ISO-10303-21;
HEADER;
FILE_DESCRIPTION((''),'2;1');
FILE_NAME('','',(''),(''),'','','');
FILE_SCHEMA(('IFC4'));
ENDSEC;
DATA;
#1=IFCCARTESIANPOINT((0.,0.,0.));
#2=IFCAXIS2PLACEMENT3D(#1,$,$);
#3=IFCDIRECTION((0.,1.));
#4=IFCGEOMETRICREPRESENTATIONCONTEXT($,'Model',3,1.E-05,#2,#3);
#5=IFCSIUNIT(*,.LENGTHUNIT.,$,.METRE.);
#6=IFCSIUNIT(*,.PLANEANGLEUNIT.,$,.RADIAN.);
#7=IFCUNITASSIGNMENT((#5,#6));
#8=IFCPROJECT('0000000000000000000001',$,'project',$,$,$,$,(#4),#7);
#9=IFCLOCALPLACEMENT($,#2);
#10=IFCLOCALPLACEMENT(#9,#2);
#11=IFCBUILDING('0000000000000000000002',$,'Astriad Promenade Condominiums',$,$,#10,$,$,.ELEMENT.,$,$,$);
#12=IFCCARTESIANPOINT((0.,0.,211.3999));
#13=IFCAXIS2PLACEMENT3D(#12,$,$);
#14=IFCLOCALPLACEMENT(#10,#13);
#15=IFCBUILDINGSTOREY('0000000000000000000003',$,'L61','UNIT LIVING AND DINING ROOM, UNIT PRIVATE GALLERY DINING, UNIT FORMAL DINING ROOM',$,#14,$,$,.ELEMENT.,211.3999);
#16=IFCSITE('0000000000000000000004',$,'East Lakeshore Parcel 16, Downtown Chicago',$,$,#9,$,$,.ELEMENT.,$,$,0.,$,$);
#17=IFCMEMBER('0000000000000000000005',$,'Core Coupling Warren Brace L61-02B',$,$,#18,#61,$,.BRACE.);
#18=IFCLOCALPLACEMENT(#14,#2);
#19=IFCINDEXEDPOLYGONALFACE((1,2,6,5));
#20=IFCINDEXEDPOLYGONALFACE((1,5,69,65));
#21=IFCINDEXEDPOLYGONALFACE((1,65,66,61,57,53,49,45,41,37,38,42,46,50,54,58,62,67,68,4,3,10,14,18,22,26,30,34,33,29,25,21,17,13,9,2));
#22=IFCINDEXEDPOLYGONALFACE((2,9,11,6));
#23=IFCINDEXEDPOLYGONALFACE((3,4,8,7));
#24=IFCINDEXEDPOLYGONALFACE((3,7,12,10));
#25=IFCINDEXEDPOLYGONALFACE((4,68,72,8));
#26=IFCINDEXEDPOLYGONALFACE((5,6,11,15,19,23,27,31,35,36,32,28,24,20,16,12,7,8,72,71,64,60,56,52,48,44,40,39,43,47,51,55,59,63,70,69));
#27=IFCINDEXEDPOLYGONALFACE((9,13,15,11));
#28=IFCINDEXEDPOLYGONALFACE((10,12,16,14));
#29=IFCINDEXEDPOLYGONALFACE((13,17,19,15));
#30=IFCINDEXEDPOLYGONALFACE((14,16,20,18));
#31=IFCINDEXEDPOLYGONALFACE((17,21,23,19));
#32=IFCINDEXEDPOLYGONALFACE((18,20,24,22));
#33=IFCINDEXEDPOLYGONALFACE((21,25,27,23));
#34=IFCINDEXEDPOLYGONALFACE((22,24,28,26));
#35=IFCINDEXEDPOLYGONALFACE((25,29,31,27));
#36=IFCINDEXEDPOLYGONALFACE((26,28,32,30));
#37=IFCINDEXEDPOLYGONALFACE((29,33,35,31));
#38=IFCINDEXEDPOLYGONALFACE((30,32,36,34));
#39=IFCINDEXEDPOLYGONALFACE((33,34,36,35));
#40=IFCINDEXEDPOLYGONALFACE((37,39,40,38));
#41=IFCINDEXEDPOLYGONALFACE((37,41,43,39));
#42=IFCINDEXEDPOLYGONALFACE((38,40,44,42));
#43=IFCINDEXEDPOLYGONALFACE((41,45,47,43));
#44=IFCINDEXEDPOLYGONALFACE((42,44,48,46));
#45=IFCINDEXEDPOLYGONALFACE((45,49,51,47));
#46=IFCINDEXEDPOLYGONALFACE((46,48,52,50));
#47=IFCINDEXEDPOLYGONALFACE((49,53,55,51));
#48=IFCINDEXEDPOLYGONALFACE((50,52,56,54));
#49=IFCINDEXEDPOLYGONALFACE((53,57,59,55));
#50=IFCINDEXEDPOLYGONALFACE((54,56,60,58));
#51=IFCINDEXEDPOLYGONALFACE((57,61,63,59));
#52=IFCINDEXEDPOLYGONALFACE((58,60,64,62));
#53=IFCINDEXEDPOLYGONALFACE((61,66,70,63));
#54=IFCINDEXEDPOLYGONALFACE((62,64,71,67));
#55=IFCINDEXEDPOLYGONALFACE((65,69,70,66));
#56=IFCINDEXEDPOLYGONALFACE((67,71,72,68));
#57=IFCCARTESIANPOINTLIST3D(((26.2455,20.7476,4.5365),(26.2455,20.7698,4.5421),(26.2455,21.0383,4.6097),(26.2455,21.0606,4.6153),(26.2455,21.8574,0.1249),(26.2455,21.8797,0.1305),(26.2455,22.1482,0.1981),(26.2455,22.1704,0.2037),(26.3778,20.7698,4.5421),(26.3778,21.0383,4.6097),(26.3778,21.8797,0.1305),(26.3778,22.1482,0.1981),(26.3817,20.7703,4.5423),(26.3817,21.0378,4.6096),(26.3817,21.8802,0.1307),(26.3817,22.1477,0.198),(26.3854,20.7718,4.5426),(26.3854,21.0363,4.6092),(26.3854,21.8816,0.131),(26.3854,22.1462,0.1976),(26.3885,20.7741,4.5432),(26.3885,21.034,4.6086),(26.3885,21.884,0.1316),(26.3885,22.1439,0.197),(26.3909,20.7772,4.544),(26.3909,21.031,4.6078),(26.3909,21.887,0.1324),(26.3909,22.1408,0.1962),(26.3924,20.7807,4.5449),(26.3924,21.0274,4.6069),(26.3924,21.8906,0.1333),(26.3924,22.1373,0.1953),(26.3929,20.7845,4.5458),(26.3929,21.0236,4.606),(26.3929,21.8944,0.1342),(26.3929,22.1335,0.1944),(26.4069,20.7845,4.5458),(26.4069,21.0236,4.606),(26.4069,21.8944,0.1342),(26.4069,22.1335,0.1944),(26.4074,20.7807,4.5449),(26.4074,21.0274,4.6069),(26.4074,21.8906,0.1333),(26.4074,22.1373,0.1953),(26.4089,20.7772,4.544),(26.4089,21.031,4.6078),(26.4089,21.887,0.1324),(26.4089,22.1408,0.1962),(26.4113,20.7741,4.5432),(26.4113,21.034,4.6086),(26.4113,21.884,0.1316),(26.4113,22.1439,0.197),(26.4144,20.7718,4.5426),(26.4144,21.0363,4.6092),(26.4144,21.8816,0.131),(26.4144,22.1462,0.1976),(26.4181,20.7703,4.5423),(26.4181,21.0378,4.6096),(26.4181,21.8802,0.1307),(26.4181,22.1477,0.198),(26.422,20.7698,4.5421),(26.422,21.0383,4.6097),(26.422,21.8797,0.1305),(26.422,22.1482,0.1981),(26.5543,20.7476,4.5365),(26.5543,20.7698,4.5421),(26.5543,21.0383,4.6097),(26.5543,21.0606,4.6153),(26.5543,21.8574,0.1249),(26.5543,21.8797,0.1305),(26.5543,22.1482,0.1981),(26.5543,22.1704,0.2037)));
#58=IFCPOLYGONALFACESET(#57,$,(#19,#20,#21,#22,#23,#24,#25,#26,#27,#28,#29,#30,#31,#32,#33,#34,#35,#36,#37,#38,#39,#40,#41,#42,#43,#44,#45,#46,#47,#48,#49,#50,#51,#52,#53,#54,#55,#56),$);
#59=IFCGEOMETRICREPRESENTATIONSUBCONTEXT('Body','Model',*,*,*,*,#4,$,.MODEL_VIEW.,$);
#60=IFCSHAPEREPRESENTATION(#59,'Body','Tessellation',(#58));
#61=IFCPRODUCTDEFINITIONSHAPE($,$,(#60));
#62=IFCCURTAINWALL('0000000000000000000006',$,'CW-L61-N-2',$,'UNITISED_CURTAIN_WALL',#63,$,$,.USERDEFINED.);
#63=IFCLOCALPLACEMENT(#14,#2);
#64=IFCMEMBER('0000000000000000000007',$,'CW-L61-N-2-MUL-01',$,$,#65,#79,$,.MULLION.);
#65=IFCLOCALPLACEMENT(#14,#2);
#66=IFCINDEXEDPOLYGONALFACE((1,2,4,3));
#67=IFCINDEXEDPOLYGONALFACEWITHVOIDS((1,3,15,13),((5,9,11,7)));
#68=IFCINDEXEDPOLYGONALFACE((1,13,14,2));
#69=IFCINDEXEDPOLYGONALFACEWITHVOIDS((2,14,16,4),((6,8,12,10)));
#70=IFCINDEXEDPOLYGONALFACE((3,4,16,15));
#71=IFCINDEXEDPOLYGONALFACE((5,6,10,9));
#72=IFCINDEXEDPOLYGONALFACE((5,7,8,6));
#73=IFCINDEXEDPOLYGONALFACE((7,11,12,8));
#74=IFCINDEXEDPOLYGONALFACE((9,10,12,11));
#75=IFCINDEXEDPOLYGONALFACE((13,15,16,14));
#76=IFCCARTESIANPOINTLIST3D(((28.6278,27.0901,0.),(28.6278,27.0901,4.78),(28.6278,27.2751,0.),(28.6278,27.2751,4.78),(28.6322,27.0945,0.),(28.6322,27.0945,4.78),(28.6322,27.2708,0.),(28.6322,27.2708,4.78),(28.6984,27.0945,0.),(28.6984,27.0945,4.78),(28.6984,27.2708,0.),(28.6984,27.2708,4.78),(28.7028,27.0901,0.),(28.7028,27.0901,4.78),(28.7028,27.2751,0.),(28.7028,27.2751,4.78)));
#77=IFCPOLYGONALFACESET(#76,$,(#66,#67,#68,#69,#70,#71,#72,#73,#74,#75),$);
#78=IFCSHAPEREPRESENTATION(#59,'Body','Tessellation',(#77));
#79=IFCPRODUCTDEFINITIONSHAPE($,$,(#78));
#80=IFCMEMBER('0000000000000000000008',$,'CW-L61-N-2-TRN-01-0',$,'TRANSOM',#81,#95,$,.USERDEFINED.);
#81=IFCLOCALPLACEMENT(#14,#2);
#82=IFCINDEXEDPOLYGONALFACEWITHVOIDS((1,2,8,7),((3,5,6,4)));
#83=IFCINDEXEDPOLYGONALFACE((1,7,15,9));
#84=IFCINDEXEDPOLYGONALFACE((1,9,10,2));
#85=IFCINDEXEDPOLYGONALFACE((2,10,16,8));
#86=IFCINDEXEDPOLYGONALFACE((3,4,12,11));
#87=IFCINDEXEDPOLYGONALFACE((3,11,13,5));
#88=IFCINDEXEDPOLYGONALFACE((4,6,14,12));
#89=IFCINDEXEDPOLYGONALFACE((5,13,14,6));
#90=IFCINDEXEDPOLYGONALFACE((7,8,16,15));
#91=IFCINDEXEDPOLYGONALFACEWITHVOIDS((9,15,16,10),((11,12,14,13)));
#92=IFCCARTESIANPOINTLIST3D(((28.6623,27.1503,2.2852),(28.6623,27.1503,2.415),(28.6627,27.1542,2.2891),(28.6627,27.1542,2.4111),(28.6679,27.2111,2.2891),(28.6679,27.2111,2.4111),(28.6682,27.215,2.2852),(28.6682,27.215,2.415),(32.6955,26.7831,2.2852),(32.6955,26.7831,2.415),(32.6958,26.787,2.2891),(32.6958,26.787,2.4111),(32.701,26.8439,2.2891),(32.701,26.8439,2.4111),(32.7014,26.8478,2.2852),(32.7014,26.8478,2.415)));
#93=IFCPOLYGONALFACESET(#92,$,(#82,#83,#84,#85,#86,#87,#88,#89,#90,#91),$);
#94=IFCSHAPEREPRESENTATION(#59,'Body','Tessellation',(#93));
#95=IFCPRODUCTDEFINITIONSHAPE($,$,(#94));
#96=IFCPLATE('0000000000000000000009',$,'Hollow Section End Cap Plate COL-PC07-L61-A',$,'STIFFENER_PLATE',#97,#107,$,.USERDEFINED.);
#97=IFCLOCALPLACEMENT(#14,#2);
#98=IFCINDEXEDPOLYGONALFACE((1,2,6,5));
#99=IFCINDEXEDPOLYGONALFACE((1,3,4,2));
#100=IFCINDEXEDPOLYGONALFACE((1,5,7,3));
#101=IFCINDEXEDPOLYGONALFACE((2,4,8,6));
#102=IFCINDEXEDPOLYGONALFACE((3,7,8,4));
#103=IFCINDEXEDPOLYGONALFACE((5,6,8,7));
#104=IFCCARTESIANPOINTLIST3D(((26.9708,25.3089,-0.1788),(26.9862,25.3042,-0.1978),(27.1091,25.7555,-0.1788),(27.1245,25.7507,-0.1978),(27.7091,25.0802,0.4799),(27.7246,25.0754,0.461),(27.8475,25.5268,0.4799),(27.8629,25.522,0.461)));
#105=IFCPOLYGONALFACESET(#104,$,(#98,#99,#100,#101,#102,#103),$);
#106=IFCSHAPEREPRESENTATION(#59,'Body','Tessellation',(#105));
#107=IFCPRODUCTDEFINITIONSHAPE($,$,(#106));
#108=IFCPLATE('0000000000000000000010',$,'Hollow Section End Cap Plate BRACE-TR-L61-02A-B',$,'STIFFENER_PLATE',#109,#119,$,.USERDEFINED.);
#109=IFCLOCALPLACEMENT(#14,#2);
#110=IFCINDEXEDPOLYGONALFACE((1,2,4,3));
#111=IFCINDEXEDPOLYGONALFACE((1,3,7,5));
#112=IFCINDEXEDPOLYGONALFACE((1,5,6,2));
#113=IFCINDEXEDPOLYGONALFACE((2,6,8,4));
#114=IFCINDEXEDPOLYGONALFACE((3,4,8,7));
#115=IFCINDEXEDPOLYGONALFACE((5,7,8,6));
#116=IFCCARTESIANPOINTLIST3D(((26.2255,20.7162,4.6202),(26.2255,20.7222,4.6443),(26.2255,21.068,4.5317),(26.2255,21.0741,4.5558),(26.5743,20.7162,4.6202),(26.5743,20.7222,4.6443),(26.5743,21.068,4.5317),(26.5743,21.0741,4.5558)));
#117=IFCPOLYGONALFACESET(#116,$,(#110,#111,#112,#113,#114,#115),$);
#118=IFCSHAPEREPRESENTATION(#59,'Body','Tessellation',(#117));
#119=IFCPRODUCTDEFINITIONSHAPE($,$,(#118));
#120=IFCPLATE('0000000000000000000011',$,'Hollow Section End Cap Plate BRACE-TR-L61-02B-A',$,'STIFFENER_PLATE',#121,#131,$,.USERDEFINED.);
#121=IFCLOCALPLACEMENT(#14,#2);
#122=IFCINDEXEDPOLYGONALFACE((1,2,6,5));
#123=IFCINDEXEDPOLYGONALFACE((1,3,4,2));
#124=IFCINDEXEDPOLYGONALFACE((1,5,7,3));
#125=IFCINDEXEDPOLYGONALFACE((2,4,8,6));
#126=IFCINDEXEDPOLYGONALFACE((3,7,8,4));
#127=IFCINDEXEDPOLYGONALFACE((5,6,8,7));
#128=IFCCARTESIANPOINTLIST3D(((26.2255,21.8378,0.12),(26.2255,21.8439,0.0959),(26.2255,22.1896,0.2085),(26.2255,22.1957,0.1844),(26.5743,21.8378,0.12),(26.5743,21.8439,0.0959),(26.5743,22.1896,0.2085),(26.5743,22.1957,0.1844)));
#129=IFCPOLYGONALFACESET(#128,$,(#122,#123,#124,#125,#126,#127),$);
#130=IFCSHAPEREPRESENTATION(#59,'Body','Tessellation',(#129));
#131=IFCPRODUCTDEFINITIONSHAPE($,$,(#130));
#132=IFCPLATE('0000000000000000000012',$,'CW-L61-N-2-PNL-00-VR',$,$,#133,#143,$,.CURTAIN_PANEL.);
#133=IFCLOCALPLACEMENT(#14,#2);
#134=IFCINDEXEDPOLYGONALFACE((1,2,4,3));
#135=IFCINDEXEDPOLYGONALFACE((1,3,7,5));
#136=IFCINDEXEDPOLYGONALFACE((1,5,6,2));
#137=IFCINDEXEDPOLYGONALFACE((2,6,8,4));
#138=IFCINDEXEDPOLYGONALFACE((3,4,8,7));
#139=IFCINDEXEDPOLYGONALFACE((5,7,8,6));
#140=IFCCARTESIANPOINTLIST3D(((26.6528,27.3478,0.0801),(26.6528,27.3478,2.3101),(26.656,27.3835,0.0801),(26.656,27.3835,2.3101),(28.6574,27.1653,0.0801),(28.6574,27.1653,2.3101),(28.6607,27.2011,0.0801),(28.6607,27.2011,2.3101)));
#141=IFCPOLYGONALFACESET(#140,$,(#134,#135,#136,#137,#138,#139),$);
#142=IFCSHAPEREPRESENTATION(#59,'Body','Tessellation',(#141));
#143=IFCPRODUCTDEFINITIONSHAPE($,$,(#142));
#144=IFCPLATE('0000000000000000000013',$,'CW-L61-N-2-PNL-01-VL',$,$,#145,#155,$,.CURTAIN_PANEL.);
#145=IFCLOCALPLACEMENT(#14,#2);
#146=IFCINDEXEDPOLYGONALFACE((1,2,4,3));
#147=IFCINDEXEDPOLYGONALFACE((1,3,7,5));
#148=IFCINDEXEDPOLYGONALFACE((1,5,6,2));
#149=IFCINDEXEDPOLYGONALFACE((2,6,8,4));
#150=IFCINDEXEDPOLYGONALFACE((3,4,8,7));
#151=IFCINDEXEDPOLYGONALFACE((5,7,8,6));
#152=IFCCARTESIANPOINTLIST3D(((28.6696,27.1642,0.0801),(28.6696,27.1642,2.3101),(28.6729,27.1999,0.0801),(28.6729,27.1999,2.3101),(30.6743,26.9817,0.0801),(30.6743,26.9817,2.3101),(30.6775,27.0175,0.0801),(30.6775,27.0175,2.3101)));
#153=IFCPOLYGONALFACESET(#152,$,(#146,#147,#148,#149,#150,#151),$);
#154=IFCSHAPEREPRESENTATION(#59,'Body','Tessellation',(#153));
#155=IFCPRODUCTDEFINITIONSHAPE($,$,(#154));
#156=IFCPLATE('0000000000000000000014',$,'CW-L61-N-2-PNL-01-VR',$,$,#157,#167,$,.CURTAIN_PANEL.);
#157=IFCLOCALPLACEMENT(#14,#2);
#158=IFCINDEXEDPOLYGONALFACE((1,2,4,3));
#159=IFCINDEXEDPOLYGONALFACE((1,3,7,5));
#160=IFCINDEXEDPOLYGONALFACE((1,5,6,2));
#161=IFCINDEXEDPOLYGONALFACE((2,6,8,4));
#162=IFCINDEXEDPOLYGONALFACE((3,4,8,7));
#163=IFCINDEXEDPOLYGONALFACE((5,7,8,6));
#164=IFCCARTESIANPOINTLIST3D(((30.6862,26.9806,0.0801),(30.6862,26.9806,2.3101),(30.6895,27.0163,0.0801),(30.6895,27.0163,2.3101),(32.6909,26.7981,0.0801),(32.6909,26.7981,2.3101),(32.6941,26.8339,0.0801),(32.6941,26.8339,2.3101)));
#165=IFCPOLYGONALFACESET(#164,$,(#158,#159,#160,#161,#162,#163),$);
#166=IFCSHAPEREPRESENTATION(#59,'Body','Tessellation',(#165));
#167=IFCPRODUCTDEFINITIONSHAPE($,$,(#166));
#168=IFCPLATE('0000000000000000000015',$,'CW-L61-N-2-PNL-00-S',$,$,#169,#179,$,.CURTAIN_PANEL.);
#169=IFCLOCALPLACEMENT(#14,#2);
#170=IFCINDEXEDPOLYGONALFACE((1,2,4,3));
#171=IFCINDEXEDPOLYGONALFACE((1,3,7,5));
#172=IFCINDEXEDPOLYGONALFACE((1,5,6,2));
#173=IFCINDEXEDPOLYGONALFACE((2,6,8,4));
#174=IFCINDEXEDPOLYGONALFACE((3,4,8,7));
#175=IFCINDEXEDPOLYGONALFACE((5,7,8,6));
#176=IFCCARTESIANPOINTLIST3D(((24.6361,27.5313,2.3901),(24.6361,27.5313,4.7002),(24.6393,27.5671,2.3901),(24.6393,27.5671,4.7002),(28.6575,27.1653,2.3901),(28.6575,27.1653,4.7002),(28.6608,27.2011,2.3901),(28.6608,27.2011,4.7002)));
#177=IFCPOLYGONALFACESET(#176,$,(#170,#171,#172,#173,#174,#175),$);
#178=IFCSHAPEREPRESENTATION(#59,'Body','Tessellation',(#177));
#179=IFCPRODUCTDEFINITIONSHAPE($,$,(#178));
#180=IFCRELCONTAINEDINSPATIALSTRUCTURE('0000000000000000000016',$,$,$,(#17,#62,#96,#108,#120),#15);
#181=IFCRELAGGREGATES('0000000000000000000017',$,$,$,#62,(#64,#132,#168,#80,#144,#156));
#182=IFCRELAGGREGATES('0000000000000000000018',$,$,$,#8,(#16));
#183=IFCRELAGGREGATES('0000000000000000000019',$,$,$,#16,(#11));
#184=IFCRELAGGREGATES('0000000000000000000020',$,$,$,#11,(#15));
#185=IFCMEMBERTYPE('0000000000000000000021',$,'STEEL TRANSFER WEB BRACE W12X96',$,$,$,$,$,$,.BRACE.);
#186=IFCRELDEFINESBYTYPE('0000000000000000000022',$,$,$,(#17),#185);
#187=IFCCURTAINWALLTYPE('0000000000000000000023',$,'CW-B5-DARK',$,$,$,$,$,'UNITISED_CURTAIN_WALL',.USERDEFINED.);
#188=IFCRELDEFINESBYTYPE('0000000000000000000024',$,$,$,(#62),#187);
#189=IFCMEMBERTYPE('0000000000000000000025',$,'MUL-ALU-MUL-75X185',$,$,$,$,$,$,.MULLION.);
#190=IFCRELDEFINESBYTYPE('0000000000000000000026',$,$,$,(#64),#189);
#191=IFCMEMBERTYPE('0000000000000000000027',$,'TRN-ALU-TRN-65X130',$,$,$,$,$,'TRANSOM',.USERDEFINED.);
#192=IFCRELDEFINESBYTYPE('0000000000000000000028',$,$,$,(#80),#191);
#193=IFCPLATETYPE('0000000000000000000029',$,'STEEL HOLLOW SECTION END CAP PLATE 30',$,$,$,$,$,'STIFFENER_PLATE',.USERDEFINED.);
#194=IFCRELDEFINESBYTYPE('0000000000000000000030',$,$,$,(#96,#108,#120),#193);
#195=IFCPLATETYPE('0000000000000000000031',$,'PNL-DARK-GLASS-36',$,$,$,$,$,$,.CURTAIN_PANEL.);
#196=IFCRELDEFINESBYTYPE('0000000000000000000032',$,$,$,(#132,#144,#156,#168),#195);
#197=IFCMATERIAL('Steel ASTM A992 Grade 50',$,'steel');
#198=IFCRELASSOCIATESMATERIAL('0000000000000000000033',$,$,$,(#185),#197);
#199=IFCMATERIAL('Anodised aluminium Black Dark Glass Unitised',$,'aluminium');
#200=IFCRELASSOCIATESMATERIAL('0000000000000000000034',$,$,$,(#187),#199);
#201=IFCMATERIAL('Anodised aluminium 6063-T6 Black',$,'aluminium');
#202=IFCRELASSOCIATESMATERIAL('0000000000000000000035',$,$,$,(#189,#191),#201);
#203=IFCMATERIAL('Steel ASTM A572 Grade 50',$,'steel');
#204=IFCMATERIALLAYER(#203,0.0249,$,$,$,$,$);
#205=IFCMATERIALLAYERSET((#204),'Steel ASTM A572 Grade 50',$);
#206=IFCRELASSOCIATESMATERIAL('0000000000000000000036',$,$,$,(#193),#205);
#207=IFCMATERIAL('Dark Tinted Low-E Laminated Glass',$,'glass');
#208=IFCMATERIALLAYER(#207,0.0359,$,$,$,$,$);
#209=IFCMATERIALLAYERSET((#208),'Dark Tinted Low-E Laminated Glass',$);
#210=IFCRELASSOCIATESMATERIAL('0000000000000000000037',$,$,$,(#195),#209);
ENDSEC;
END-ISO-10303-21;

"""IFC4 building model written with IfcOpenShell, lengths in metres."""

from ifc_helpers import new_model, si_unit, direction, frame, origin, origin_2d, place, context, subcontext, project, spatial, rectangle, hollow_rectangle, i_section, extrude, source, transform, mapped, material, layer, layer_set, material_profile, profile_set, type_object, type_shapes, element, aggregate, save


model = new_model("IFC4")

# Units and contexts
model_context = context("Model", 3, precision=1e-05, world=origin(), true_north=direction((0.0, 1.0)))
body_context = subcontext(model_context, "Body", "Model", "MODEL_VIEW")
ifc_project = project(units=[si_unit("LENGTHUNIT", "METRE"), si_unit("PLANEANGLEUNIT", "RADIAN")], contexts=[model_context])

# Site, building, storey
site_placement = place(None, origin())
site = spatial("IfcSite", under=ifc_project, at=site_placement, Name="East Lakeshore Parcel 16, Downtown Chicago", CompositionType="ELEMENT", RefElevation=0.0)
building_placement = place(site_placement, origin())
building = spatial("IfcBuilding", under=site, at=building_placement, Name="Astriad Promenade Condominiums", CompositionType="ELEMENT")
storey_placement = place(building_placement, frame((0.0, 0.0, 211.3999)))
storey = spatial("IfcBuildingStorey", under=building, at=storey_placement, Name="L61", Description="UNIT LIVING AND DINING ROOM, UNIT PRIVATE GALLERY DINING, UNIT FORMAL DINING ROOM", CompositionType="ELEMENT", Elevation=211.3999)

# Shared definitions
ifc_material_1 = material(Name="Steel ASTM A992 Grade 50", Category="steel")

# Member
ifc_material_profile_1 = material_profile(ifc_material_1, i_section(OverallWidth=0.3088, OverallDepth=0.3228, WebThickness=0.0139, FlangeThickness=0.0229, FilletRadius=0.0151, at=origin_2d()), Name="W12X96")
ifc_profile_set_1 = profile_set([ifc_material_profile_1], Name="Steel ASTM A992 Grade 50")
member_type_1 = type_object("IfcMemberType", Name="STEEL TRANSFER WEB BRACE W12X96", PredefinedType="BRACE", material=ifc_profile_set_1)
shared_shape_1 = source(origin(), body_context, "Body", "SweptSolid", [
    extrude(i_section(OverallWidth=0.3088, OverallDepth=0.3228, WebThickness=0.0139, FlangeThickness=0.0229, FilletRadius=0.0151, at=origin_2d()), origin(), (0.0, 0.0, 1.0), 4.5491),
])
type_shapes(member_type_1, [shared_shape_1])
member_1_placement = place(storey_placement, frame((26.3999, 22.0139, 0.1643), z_axis=(0.0, -0.243975, 0.969782), x_axis=(1.0, 0.0, 0.0)))
element("IfcMember", 1, at=member_1_placement, inside=storey, type_object=member_type_1, Name="Core Coupling Warren Brace L61-02B", PredefinedType="BRACE", context=body_context, shape_type="MappedRepresentation", body=[
    mapped(shared_shape_1, transform((0.0, 0.0, 0.0), scale=1.0)),
])

# Curtain wall, members
ifc_material_2 = material(Name="Anodised aluminium Black Dark Glass Unitised", Category="aluminium")
curtain_wall_type = type_object("IfcCurtainWallType", Name="CW-B5-DARK", ElementType="UNITISED_CURTAIN_WALL", PredefinedType="USERDEFINED", material=ifc_material_2)
curtain_wall_placement = place(storey_placement, origin())
curtain_wall = element("IfcCurtainWall", 2, at=curtain_wall_placement, inside=storey, type_object=curtain_wall_type, Name="CW-L61-N-2", ObjectType="UNITISED_CURTAIN_WALL", PredefinedType="USERDEFINED")
ifc_material_3 = material(Name="Anodised aluminium 6063-T6 Black", Category="aluminium")
ifc_material_profile_2 = material_profile(ifc_material_3, hollow_rectangle(XDim=0.075, YDim=0.1851, WallThickness=0.0044, at=origin_2d()), Name="ALU-MUL-75X185")
ifc_profile_set_2 = profile_set([ifc_material_profile_2], Name="Anodised aluminium 6063-T6 Black")
member_type_2 = type_object("IfcMemberType", Name="MUL-ALU-MUL-75X185", PredefinedType="MULLION", material=ifc_profile_set_2)
shared_shape_2 = source(origin(), body_context, "Body", "SweptSolid", [
    extrude(hollow_rectangle(XDim=0.075, YDim=0.1851, WallThickness=0.0044, at=origin_2d()), origin(), (0.0, 0.0, 1.0), 4.78),
])
type_shapes(member_type_2, [shared_shape_2])
member_2_placement = place(storey_placement, frame((28.6653, 27.1826, 0.0), z_axis=(0.0, 0.0, 1.0), x_axis=(1.0, 0.0, 0.0)))
member_2 = element("IfcMember", 3, at=member_2_placement, type_object=member_type_2, Name="CW-L61-N-2-MUL-01", PredefinedType="MULLION", context=body_context, shape_type="MappedRepresentation", body=[
    mapped(shared_shape_2, transform((0.0, 0.0, 0.0), scale=1.0)),
])
ifc_material_profile_3 = material_profile(ifc_material_3, hollow_rectangle(XDim=0.0649, YDim=0.1299, WallThickness=0.0039, at=origin_2d()), Name="ALU-TRN-65X130")
ifc_profile_set_3 = profile_set([ifc_material_profile_3], Name="Anodised aluminium 6063-T6 Black")
member_type_3 = type_object("IfcMemberType", Name="TRN-ALU-TRN-65X130", ElementType="TRANSOM", PredefinedType="USERDEFINED", material=ifc_profile_set_3)
shared_shape_3 = source(origin(), body_context, "Body", "SweptSolid", [
    extrude(hollow_rectangle(XDim=0.0649, YDim=0.1299, WallThickness=0.0039, at=origin_2d()), origin(), (0.0, 0.0, 1.0), 4.0498),
])
type_shapes(member_type_3, [shared_shape_3])
member_3_placement = place(storey_placement, frame((28.6653, 27.1826, 2.3501), z_axis=(0.995881, -0.090666, 0.0), x_axis=(0.090666, 0.995881, 0.0)))
member_3 = element("IfcMember", 4, at=member_3_placement, type_object=member_type_3, Name="CW-L61-N-2-TRN-01-0", ObjectType="TRANSOM", PredefinedType="USERDEFINED", context=body_context, shape_type="MappedRepresentation", body=[
    mapped(shared_shape_3, transform((0.0, 0.0, 0.0), scale=1.0)),
])

# Plates
ifc_material_4 = material(Name="Steel ASTM A572 Grade 50", Category="steel")
ifc_layer_1 = layer(ifc_material_4, 0.0249)
ifc_layer_set_1 = layer_set([ifc_layer_1], Name="Steel ASTM A572 Grade 50")
plate_type_1 = type_object("IfcPlateType", Name="STEEL HOLLOW SECTION END CAP PLATE 30", ElementType="STIFFENER_PLATE", PredefinedType="USERDEFINED", material=ifc_layer_set_1)
shared_shape_4 = source(origin(), body_context, "Body", "SweptSolid", [
    extrude(rectangle(XDim=0.4675, YDim=1.0156, at=origin_2d()), origin(), (0.0, 0.0, 1.0), 0.0249),
])
plate_1_placement = place(storey_placement, frame((27.4246, 25.4131, 0.1316), z_axis=(-0.619592, 0.191939, 0.761095), x_axis=(-0.29591, -0.955216, 0.0)))
element("IfcPlate", 5, at=plate_1_placement, inside=storey, type_object=plate_type_1, Name="Hollow Section End Cap Plate COL-PC07-L61-A", ObjectType="STIFFENER_PLATE", PredefinedType="USERDEFINED", context=body_context, shape_type="MappedRepresentation", body=[
    mapped(shared_shape_4, transform((0.0, 0.0, 0.0), scale=1.0)),
])
shared_shape_5 = source(origin(), body_context, "Body", "SweptSolid", [
    extrude(rectangle(XDim=0.3489, YDim=0.3628, at=origin_2d()), origin(), (0.0, 0.0, 1.0), 0.0249),
])
type_shapes(plate_type_1, [shared_shape_4, shared_shape_5])
for number, where, z_axis, x_axis, name in (
    (6, (26.3999, 20.8921, 4.5759), (0.0, 0.243963, 0.969785), (1.0, 0.0, 0.0), "Hollow Section End Cap Plate BRACE-TR-L61-02A-B"),
    (7, (26.3999, 22.0198, 0.1401), (0.0, -0.243963, 0.969785), (1.0, 0.0, 0.0), "Hollow Section End Cap Plate BRACE-TR-L61-02B-A"),
):
    element("IfcPlate", number, at=place(storey_placement, frame(where, z_axis=z_axis, x_axis=x_axis)), inside=storey, type_object=plate_type_1, Name=name, ObjectType="STIFFENER_PLATE", PredefinedType="USERDEFINED", context=body_context, shape_type="MappedRepresentation", body=[
        mapped(shared_shape_5, transform((0.0, 0.0, 0.0), scale=1.0)),
    ])

# Plates
ifc_material_5 = material(Name="Dark Tinted Low-E Laminated Glass", Category="glass")
ifc_layer_2 = layer(ifc_material_5, 0.0359)
ifc_layer_set_2 = layer_set([ifc_layer_2], Name="Dark Tinted Low-E Laminated Glass")
plate_type_2 = type_object("IfcPlateType", Name="PNL-DARK-GLASS-36", PredefinedType="CURTAIN_PANEL", material=ifc_layer_set_2)
shared_shape_6 = source(origin(), body_context, "Body", "SweptSolid", [
    extrude(rectangle(XDim=2.0129, YDim=0.0359, at=origin_2d()), origin(), (0.0, 0.0, 1.0), 2.23),
])
plate_2_placement = place(storey_placement, frame((27.6567, 27.2744, 0.0801), z_axis=(0.0, 0.0, 1.0), x_axis=(0.995884, -0.090633, 0.0)))
plate_2 = element("IfcPlate", 8, at=plate_2_placement, type_object=plate_type_2, Name="CW-L61-N-2-PNL-00-VR", PredefinedType="CURTAIN_PANEL", context=body_context, shape_type="MappedRepresentation", body=[
    mapped(shared_shape_6, transform((0.0, 0.0, 0.0), scale=1.0)),
])
plate_3_placement = place(storey_placement, frame((29.6736, 27.0908, 0.0801), z_axis=(0.0, 0.0, 1.0), x_axis=(0.995884, -0.090633, 0.0)))
plate_3 = element("IfcPlate", 9, at=plate_3_placement, type_object=plate_type_2, Name="CW-L61-N-2-PNL-01-VL", PredefinedType="CURTAIN_PANEL", context=body_context, shape_type="MappedRepresentation", body=[
    mapped(shared_shape_6, transform((0.0, 0.0, 0.0), scale=1.0)),
])
plate_4_placement = place(storey_placement, frame((31.6902, 26.9072, 0.0801), z_axis=(0.0, 0.0, 1.0), x_axis=(0.995884, -0.090633, 0.0)))
plate_4 = element("IfcPlate", 10, at=plate_4_placement, type_object=plate_type_2, Name="CW-L61-N-2-PNL-01-VR", PredefinedType="CURTAIN_PANEL", context=body_context, shape_type="MappedRepresentation", body=[
    mapped(shared_shape_6, transform((0.0, 0.0, 0.0), scale=1.0)),
])
shared_shape_7 = source(origin(), body_context, "Body", "SweptSolid", [
    extrude(rectangle(XDim=4.0381, YDim=0.0359, at=origin_2d()), origin(), (0.0, 0.0, 1.0), 2.3101),
])
type_shapes(plate_type_2, [shared_shape_6, shared_shape_7])
plate_5_placement = place(storey_placement, frame((26.6484, 27.3662, 2.3901), z_axis=(0.0, 0.0, 1.0), x_axis=(0.995884, -0.090633, 0.0)))
plate_5 = element("IfcPlate", 11, at=plate_5_placement, type_object=plate_type_2, Name="CW-L61-N-2-PNL-00-S", PredefinedType="CURTAIN_PANEL", context=body_context, shape_type="MappedRepresentation", body=[
    mapped(shared_shape_7, transform((0.0, 0.0, 0.0), scale=1.0)),
])
aggregate(curtain_wall, [member_2, plate_2, plate_5, member_3, plate_3, plate_4])

save(model, "model.ifc")
